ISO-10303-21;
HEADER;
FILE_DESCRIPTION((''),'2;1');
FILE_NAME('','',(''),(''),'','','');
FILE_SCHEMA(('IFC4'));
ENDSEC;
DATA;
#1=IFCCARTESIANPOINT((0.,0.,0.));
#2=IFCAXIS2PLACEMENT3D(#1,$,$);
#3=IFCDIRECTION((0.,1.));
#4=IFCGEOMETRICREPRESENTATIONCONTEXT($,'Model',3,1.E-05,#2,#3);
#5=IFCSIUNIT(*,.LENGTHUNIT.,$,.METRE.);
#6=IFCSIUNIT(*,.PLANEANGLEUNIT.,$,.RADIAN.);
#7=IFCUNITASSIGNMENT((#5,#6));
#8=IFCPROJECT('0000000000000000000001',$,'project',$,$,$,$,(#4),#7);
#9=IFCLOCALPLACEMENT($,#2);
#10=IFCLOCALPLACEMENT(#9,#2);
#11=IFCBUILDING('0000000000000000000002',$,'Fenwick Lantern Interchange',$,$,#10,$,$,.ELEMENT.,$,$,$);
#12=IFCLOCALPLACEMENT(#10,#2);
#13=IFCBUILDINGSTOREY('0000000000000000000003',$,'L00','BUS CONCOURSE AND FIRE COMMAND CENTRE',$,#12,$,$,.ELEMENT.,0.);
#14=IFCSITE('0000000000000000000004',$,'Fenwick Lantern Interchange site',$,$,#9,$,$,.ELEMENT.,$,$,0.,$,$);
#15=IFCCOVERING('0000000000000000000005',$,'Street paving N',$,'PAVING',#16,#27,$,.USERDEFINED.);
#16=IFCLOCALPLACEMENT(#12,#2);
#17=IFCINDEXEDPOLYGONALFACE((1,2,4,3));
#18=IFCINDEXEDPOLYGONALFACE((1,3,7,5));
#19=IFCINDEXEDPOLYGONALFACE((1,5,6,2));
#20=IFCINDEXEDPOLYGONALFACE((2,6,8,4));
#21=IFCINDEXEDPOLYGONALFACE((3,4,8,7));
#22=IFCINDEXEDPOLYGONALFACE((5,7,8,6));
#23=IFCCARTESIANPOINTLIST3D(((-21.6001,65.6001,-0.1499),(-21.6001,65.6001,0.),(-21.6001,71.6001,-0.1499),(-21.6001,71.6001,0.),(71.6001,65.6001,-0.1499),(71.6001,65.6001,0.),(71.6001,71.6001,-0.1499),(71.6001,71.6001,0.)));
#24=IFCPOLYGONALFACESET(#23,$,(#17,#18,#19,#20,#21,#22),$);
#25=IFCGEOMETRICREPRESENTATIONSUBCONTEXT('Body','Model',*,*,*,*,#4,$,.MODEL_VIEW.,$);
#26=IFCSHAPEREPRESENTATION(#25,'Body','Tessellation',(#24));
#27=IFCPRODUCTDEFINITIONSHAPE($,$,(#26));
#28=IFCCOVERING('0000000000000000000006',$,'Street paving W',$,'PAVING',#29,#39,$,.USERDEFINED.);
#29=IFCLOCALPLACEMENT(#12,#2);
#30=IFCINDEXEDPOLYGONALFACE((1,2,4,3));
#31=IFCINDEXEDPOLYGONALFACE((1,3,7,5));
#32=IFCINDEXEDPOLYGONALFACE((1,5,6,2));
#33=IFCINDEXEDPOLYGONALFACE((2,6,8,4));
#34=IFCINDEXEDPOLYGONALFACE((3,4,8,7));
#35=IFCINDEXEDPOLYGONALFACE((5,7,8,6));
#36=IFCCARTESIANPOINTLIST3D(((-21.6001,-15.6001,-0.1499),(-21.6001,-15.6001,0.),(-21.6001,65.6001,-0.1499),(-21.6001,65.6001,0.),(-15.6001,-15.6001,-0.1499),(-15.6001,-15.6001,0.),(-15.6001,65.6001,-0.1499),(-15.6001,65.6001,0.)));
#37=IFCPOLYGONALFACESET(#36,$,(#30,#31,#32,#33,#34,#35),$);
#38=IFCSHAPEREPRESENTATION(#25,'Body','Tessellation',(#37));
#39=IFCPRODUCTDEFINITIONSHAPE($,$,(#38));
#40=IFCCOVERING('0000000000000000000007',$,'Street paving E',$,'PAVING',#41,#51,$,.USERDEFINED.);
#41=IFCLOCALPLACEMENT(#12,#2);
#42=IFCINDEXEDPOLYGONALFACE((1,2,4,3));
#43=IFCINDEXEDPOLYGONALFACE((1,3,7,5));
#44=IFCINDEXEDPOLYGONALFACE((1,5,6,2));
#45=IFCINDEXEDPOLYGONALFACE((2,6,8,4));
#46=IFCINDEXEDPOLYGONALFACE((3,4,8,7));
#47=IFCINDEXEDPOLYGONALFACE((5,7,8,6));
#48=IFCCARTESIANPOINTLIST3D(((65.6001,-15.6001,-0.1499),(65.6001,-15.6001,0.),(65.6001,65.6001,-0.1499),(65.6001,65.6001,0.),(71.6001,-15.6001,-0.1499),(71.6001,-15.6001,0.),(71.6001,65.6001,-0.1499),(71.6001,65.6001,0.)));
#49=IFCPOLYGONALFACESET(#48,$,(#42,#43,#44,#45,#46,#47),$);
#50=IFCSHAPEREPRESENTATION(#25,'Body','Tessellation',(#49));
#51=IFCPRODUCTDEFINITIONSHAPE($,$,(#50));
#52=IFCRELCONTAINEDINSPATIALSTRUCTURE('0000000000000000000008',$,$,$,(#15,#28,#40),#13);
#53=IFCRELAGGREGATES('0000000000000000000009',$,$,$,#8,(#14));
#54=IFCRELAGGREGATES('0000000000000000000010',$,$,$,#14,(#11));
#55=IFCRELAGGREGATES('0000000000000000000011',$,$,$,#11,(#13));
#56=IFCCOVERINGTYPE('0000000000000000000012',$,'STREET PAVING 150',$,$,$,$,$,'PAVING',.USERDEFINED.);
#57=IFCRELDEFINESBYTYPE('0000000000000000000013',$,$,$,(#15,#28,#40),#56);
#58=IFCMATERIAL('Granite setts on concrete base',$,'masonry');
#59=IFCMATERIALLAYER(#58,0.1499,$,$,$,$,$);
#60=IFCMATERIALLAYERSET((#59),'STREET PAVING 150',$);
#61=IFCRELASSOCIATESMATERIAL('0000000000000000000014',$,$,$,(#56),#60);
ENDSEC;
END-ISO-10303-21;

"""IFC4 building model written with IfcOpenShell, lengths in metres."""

from ifc_helpers import new_model, si_unit, direction, frame, origin, place, context, subcontext, project, spatial, polyline, outline, extrude, material, layer, layer_set, type_object, element, save


model = new_model("IFC4")

# Units and contexts
model_context = context("Model", 3, precision=1e-05, world=origin(), true_north=direction((0.0, 1.0)))
body_context = subcontext(model_context, "Body", "Model", "MODEL_VIEW")
ifc_project = project(units=[si_unit("LENGTHUNIT", "METRE"), si_unit("PLANEANGLEUNIT", "RADIAN")], contexts=[model_context])

# Site, building, storey
site_placement = place(None, origin())
site = spatial("IfcSite", under=ifc_project, at=site_placement, Name="Fenwick Lantern Interchange site", CompositionType="ELEMENT", RefElevation=0.0)
building_placement = place(site_placement, origin())
building = spatial("IfcBuilding", under=site, at=building_placement, Name="Fenwick Lantern Interchange", CompositionType="ELEMENT")
storey_placement = place(building_placement, origin())
storey = spatial("IfcBuildingStorey", under=building, at=storey_placement, Name="L00", Description="BUS CONCOURSE AND FIRE COMMAND CENTRE", CompositionType="ELEMENT", Elevation=0.0)

# Coverings
ifc_material_1 = material(Name="Granite setts on concrete base", Category="masonry")
ifc_layer_1 = layer(ifc_material_1, 0.1499)
ifc_layer_set_1 = layer_set([ifc_layer_1], Name="STREET PAVING 150")
covering_type = type_object("IfcCoveringType", Name="STREET PAVING 150", ElementType="PAVING", PredefinedType="USERDEFINED", material=ifc_layer_set_1)
covering_1_placement = place(storey_placement, frame((0.0, 0.0, -0.1499)))
element("IfcCovering", 1, at=covering_1_placement, inside=storey, type_object=covering_type, Name="Street paving N", ObjectType="PAVING", PredefinedType="USERDEFINED", context=body_context, shape_type="SweptSolid", body=[
    extrude(outline(polyline([(-21.6001, 65.6001), (71.6001, 65.6001), (71.6001, 71.6001), (-21.6001, 71.6001), (-21.6001, 65.6001)])), origin(), (0.0, 0.0, 1.0), 0.1499),
])
covering_2_placement = place(storey_placement, frame((0.0, 0.0, -0.1499)))
element("IfcCovering", 2, at=covering_2_placement, inside=storey, type_object=covering_type, Name="Street paving W", ObjectType="PAVING", PredefinedType="USERDEFINED", context=body_context, shape_type="SweptSolid", body=[
    extrude(outline(polyline([(-21.6001, -15.6001), (-15.6001, -15.6001), (-15.6001, 65.6001), (-21.6001, 65.6001), (-21.6001, -15.6001)])), origin(), (0.0, 0.0, 1.0), 0.1499),
])
covering_3_placement = place(storey_placement, frame((0.0, 0.0, -0.1499)))
element("IfcCovering", 3, at=covering_3_placement, inside=storey, type_object=covering_type, Name="Street paving E", ObjectType="PAVING", PredefinedType="USERDEFINED", context=body_context, shape_type="SweptSolid", body=[
    extrude(outline(polyline([(65.6001, -15.6001), (71.6001, -15.6001), (71.6001, 65.6001), (65.6001, 65.6001), (65.6001, -15.6001)])), origin(), (0.0, 0.0, 1.0), 0.1499),
])

save(model, "model.ifc")
